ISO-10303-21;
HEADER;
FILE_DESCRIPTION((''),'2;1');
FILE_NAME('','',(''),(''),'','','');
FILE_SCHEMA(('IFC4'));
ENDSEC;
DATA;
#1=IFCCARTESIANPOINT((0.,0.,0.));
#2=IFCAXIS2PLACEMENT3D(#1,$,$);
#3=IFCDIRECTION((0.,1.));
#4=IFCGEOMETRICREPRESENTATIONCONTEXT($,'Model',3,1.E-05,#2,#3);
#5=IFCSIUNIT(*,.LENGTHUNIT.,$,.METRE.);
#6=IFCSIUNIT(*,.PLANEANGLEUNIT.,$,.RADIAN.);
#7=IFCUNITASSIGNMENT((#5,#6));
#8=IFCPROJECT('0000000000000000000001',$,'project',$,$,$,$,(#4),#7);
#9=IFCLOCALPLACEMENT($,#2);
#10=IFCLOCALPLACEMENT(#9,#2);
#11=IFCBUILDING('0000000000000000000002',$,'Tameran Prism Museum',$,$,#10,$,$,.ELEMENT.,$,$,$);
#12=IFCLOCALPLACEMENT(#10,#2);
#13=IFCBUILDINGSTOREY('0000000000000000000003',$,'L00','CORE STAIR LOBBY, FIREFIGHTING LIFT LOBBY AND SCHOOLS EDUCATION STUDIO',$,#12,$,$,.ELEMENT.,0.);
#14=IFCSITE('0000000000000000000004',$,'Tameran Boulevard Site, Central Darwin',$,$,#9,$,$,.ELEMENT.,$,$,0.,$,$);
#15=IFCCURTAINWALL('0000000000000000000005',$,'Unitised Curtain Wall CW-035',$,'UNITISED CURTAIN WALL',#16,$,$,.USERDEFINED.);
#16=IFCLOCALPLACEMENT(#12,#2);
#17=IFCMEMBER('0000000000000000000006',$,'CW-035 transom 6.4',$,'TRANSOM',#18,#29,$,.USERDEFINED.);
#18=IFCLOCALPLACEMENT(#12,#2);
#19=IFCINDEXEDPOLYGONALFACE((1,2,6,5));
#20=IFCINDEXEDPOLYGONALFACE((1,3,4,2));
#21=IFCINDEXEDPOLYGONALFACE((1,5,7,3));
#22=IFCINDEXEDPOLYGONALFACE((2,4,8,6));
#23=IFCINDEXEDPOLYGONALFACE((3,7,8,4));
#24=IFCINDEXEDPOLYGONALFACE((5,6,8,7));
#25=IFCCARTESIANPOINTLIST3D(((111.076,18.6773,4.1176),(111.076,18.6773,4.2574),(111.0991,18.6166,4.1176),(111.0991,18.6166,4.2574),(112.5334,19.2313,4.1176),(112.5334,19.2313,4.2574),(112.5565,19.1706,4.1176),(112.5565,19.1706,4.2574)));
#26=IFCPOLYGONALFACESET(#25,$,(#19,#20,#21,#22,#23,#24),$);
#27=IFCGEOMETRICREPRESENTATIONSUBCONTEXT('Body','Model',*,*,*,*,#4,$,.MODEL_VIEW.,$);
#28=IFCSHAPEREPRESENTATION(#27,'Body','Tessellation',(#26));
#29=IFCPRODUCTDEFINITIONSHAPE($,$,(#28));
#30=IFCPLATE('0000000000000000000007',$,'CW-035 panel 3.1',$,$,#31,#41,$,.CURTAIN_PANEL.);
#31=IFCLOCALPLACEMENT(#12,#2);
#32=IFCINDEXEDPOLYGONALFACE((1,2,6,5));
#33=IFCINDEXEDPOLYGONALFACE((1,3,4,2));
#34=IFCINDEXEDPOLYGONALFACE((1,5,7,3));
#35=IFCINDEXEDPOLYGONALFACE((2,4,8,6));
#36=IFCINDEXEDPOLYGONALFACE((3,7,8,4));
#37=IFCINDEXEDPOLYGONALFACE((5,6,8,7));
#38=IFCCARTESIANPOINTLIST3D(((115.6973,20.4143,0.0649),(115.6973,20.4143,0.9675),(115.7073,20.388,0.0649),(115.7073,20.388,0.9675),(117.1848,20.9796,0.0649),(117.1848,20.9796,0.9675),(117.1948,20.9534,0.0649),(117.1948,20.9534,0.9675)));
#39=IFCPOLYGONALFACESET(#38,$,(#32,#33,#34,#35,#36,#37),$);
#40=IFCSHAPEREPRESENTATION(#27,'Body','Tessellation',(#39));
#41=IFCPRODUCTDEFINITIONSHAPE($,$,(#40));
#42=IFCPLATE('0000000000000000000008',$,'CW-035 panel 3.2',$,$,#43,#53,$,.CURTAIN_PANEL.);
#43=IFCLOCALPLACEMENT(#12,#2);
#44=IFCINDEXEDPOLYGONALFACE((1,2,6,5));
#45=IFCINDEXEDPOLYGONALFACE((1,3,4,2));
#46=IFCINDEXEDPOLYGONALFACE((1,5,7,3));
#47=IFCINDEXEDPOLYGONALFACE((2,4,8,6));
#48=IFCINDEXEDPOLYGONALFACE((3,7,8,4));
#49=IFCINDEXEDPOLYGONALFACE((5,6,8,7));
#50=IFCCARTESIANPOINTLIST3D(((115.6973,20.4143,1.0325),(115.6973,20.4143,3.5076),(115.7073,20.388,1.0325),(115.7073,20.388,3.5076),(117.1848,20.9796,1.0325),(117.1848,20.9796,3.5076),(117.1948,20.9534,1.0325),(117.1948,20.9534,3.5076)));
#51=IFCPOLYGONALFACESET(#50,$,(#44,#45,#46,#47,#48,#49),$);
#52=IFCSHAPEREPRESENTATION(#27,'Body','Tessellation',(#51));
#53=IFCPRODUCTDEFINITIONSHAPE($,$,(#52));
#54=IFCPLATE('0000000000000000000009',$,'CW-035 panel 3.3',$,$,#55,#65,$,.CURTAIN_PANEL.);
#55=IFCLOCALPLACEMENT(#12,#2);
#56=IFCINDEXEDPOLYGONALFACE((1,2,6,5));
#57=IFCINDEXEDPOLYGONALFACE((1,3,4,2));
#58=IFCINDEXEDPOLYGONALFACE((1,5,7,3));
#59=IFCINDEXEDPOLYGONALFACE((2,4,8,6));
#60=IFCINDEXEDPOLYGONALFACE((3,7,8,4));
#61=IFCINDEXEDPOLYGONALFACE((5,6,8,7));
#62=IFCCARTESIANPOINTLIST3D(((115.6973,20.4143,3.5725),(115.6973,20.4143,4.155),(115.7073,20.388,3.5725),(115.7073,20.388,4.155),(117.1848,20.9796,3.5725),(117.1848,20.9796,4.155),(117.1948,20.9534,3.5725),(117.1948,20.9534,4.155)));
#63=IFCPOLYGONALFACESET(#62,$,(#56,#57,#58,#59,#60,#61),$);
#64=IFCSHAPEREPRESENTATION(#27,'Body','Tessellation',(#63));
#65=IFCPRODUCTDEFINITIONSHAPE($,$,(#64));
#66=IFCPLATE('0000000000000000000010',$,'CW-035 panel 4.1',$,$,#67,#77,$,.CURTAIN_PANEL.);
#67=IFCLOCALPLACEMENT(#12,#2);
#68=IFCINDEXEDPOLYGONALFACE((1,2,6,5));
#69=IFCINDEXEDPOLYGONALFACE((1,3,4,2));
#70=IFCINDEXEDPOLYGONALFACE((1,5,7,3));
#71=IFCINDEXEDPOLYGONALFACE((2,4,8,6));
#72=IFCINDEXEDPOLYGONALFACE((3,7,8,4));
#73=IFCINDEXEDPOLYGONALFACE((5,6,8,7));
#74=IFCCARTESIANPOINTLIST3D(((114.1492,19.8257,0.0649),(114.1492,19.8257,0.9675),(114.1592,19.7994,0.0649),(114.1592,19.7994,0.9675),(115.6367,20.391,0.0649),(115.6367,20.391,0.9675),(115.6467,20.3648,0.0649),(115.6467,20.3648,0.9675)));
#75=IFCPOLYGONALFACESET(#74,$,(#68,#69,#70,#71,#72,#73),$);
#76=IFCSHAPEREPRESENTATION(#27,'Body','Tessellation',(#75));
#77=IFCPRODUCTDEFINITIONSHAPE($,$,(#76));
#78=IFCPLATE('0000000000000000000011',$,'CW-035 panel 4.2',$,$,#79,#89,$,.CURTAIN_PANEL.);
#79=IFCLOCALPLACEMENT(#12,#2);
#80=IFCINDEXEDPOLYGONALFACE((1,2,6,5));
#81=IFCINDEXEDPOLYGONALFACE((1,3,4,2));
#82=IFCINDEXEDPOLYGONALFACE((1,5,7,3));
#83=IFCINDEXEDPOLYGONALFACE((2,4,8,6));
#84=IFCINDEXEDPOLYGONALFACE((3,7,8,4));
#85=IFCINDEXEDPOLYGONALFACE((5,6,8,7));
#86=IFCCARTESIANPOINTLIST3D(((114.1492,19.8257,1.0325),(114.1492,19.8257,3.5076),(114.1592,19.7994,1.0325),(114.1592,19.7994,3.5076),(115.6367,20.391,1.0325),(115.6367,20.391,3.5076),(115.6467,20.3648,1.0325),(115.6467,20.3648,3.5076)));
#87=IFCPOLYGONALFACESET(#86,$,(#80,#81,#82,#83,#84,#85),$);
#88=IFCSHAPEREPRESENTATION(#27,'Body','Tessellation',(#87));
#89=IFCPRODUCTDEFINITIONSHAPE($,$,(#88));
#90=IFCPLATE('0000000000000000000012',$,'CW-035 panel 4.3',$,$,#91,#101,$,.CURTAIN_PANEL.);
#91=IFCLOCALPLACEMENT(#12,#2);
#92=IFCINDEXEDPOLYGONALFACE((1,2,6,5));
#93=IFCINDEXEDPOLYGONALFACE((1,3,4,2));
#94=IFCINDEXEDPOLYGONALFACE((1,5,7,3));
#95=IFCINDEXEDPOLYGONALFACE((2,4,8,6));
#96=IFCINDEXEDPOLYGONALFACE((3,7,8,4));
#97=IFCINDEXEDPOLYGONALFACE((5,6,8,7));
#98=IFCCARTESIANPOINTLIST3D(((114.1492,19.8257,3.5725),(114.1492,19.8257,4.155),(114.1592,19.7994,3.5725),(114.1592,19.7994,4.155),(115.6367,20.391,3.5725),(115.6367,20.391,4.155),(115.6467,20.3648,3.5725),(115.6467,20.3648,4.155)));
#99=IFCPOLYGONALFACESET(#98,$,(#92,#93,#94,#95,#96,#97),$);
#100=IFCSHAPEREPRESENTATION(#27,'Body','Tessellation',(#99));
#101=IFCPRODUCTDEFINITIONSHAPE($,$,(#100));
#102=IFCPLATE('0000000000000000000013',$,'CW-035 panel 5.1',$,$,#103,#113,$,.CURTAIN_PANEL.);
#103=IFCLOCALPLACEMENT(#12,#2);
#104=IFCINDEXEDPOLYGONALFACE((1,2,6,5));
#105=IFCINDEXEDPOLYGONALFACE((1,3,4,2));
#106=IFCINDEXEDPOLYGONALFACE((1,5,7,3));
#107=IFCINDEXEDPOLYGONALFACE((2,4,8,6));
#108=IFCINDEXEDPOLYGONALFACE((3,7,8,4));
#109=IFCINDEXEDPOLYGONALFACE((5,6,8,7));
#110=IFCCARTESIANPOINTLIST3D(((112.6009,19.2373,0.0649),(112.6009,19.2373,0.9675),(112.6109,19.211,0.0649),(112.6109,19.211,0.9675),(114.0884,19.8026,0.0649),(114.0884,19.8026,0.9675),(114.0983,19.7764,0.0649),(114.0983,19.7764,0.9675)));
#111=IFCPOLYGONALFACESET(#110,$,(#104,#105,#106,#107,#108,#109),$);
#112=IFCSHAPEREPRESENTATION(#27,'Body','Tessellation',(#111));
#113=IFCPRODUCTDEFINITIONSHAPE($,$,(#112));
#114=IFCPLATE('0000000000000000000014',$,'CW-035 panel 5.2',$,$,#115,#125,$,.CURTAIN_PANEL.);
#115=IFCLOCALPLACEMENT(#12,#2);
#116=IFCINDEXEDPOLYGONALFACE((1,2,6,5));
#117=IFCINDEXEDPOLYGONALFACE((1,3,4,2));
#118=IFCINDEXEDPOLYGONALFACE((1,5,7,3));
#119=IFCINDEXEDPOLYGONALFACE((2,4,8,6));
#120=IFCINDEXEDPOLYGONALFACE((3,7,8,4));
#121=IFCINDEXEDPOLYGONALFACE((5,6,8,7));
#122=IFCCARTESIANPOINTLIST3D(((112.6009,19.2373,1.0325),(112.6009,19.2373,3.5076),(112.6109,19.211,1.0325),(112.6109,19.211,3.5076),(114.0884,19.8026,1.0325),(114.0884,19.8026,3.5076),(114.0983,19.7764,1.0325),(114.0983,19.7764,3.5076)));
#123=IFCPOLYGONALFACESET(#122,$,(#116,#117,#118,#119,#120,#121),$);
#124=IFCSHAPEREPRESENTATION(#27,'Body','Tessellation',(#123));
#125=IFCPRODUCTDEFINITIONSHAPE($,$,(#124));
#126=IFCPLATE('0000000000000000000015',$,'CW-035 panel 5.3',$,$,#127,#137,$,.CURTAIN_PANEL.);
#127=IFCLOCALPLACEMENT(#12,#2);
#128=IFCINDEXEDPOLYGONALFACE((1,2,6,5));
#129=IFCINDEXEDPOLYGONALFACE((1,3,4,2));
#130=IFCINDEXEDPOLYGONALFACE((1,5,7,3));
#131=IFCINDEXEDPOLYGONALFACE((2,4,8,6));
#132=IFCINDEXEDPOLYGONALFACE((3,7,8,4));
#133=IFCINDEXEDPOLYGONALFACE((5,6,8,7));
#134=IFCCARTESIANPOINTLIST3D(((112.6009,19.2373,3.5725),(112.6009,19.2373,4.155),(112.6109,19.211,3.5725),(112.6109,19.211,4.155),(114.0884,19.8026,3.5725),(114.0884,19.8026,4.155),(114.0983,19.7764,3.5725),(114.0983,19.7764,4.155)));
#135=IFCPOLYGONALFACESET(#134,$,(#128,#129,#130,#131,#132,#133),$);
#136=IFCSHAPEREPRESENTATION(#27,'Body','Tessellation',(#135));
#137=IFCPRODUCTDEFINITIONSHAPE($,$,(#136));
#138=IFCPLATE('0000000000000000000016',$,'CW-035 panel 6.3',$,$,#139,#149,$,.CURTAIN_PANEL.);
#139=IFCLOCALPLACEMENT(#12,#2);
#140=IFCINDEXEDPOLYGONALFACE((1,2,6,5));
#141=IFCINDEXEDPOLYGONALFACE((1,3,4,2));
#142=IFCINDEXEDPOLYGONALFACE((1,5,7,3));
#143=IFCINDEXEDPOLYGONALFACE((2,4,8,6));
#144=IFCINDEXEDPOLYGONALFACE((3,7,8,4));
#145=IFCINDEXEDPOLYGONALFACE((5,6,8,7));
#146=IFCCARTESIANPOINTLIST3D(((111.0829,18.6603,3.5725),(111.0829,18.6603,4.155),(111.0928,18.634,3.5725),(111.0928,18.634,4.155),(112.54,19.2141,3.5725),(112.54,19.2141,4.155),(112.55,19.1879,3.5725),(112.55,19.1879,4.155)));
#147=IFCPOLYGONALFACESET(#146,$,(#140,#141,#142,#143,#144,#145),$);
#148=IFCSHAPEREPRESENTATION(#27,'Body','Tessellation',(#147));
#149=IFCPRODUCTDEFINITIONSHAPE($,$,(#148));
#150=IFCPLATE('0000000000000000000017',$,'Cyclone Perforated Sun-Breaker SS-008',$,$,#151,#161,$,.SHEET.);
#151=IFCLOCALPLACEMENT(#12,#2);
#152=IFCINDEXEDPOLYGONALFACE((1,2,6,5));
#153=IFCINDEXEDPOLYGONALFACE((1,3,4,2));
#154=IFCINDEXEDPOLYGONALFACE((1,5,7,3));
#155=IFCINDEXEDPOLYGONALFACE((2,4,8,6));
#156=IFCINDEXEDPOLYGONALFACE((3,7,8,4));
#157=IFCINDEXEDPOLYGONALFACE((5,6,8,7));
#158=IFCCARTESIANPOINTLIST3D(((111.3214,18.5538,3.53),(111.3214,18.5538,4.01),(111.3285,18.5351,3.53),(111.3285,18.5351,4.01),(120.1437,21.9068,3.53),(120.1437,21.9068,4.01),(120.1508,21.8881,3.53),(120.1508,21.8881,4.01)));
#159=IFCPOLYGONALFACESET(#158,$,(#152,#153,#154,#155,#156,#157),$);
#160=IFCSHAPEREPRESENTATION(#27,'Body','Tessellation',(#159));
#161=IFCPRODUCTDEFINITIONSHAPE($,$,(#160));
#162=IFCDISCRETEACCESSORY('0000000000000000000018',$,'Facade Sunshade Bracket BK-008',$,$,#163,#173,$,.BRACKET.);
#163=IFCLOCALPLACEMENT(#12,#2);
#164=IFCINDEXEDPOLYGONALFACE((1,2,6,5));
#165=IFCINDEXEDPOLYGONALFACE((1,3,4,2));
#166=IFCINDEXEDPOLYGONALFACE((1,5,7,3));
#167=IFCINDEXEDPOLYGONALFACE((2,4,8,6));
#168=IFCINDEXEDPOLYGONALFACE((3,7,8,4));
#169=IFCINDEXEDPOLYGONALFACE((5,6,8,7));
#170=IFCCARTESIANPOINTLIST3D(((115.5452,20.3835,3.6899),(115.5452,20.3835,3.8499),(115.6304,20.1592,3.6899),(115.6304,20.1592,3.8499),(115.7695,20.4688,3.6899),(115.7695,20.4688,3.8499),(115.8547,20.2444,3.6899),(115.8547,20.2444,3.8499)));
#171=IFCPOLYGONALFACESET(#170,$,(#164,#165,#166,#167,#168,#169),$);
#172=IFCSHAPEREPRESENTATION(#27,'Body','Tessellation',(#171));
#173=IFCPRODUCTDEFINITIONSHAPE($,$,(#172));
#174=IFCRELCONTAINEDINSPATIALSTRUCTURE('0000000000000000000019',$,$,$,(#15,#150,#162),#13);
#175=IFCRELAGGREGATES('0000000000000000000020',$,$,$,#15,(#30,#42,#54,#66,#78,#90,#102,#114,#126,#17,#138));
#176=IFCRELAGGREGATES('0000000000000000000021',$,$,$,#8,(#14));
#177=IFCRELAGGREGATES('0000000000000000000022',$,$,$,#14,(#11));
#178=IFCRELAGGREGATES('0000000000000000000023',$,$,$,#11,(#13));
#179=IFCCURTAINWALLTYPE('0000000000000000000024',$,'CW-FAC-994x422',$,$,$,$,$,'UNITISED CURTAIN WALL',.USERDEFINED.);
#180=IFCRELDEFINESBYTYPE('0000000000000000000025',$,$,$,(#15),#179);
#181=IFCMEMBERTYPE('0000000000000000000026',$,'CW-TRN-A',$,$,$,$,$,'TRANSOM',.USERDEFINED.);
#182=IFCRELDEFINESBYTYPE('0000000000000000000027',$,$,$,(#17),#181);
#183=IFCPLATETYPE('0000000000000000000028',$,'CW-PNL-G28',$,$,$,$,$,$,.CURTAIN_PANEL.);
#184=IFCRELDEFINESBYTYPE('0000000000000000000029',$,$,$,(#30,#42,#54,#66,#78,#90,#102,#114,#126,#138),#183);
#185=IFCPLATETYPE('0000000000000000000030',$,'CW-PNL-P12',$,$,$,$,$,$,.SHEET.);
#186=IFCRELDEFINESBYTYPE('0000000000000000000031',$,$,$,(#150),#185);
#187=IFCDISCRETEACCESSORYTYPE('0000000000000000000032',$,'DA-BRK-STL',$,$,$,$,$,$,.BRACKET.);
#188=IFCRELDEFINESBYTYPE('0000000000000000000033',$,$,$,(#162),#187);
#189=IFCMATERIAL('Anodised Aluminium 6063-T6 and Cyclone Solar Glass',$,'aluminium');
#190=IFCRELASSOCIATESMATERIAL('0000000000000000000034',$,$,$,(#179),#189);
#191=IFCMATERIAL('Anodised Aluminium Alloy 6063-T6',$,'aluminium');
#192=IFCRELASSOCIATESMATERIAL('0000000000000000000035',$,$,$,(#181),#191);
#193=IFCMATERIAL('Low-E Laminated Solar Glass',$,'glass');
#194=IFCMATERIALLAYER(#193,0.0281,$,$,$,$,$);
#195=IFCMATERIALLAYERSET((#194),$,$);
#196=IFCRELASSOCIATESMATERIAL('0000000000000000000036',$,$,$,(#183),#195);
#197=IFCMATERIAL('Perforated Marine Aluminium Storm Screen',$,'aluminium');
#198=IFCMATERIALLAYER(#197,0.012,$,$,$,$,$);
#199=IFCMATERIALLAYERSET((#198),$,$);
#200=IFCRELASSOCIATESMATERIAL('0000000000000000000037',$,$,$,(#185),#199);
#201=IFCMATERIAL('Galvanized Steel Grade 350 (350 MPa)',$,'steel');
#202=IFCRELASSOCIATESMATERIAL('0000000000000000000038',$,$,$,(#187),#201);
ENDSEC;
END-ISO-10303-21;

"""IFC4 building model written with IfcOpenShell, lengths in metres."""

from ifc_helpers import new_model, si_unit, direction, frame, origin, origin_2d, place, context, subcontext, project, spatial, rectangle, extrude, material, layer, layer_set, material_profile, profile_set, type_object, element, aggregate, save


model = new_model("IFC4")

# Units and contexts
model_context = context("Model", 3, precision=1e-05, world=origin(), true_north=direction((0.0, 1.0)))
body_context = subcontext(model_context, "Body", "Model", "MODEL_VIEW")
ifc_project = project(units=[si_unit("LENGTHUNIT", "METRE"), si_unit("PLANEANGLEUNIT", "RADIAN")], contexts=[model_context])

# Site, building, storey
site_placement = place(None, origin())
site = spatial("IfcSite", under=ifc_project, at=site_placement, Name="Tameran Boulevard Site, Central Darwin", CompositionType="ELEMENT", RefElevation=0.0)
building_placement = place(site_placement, origin())
building = spatial("IfcBuilding", under=site, at=building_placement, Name="Tameran Prism Museum", CompositionType="ELEMENT")
storey_placement = place(building_placement, origin())
storey = spatial("IfcBuildingStorey", under=building, at=storey_placement, Name="L00", Description="CORE STAIR LOBBY, FIREFIGHTING LIFT LOBBY AND SCHOOLS EDUCATION STUDIO", CompositionType="ELEMENT", Elevation=0.0)

# Curtain wall, member, plates
ifc_material_1 = material(Name="Anodised Aluminium 6063-T6 and Cyclone Solar Glass", Category="aluminium")
curtain_wall_type = type_object("IfcCurtainWallType", Name="CW-FAC-994x422", ElementType="UNITISED CURTAIN WALL", PredefinedType="USERDEFINED", material=ifc_material_1)
curtain_wall_placement = place(storey_placement, origin())
curtain_wall = element("IfcCurtainWall", 1, at=curtain_wall_placement, inside=storey, type_object=curtain_wall_type, Name="Unitised Curtain Wall CW-035", ObjectType="UNITISED CURTAIN WALL", PredefinedType="USERDEFINED")
ifc_material_2 = material(Name="Anodised Aluminium Alloy 6063-T6", Category="aluminium")
ifc_material_profile_1 = material_profile(ifc_material_2, rectangle(XDim=0.0649, YDim=0.1399, at=origin_2d()))
ifc_profile_set_1 = profile_set([ifc_material_profile_1])
member_type_1 = type_object("IfcMemberType", Name="CW-TRN-A", ElementType="TRANSOM", PredefinedType="USERDEFINED", material=ifc_profile_set_1)
member_1_placement = place(storey_placement, frame((112.5449, 19.2009, 4.1875), z_axis=(-0.934743, -0.355324, 0.0), x_axis=(0.355324, -0.934743, 0.0)))
member_1 = element("IfcMember", 2, at=member_1_placement, type_object=member_type_1, Name="CW-035 transom 6.4", ObjectType="TRANSOM", PredefinedType="USERDEFINED", context=body_context, shape_type="SweptSolid", body=[
    extrude(rectangle(XDim=0.0649, YDim=0.1399, at=origin_2d()), origin(), (0.0, 0.0, 1.0), 1.5591),
])
ifc_material_3 = material(Name="Low-E Laminated Solar Glass", Category="glass")
ifc_layer_1 = layer(ifc_material_3, 0.0281)
ifc_layer_set_1 = layer_set([ifc_layer_1])
plate_type_1 = type_object("IfcPlateType", Name="CW-PNL-G28", PredefinedType="CURTAIN_PANEL", material=ifc_layer_set_1)
plate_1_placement = place(storey_placement, frame((116.446, 20.6838, 0.0649), z_axis=(0.0, 0.0, 1.0), x_axis=(-0.934757, -0.355288, 0.0)))
plate_1 = element("IfcPlate", 3, at=plate_1_placement, type_object=plate_type_1, Name="CW-035 panel 3.1", PredefinedType="CURTAIN_PANEL", context=body_context, shape_type="SweptSolid", body=[
    extrude(rectangle(XDim=1.5913, YDim=0.0281, at=origin_2d()), origin(), (0.0, 0.0, 1.0), 0.9026),
])
plate_2_placement = place(storey_placement, frame((116.446, 20.6838, 1.0325), z_axis=(0.0, 0.0, 1.0), x_axis=(-0.934757, -0.355288, 0.0)))
plate_2 = element("IfcPlate", 4, at=plate_2_placement, type_object=plate_type_1, Name="CW-035 panel 3.2", PredefinedType="CURTAIN_PANEL", context=body_context, shape_type="SweptSolid", body=[
    extrude(rectangle(XDim=1.5913, YDim=0.0281, at=origin_2d()), origin(), (0.0, 0.0, 1.0), 2.4751),
])
plate_3_placement = place(storey_placement, frame((116.446, 20.6838, 3.5725), z_axis=(0.0, 0.0, 1.0), x_axis=(-0.934757, -0.355288, 0.0)))
plate_3 = element("IfcPlate", 5, at=plate_3_placement, type_object=plate_type_1, Name="CW-035 panel 3.3", PredefinedType="CURTAIN_PANEL", context=body_context, shape_type="SweptSolid", body=[
    extrude(rectangle(XDim=1.5913, YDim=0.0281, at=origin_2d()), origin(), (0.0, 0.0, 1.0), 0.5825),
])
plate_4_placement = place(storey_placement, frame((114.8979, 20.0952, 0.0649), z_axis=(0.0, 0.0, 1.0), x_axis=(-0.934757, -0.355288, 0.0)))
plate_4 = element("IfcPlate", 6, at=plate_4_placement, type_object=plate_type_1, Name="CW-035 panel 4.1", PredefinedType="CURTAIN_PANEL", context=body_context, shape_type="SweptSolid", body=[
    extrude(rectangle(XDim=1.5913, YDim=0.0281, at=origin_2d()), origin(), (0.0, 0.0, 1.0), 0.9026),
])
plate_5_placement = place(storey_placement, frame((114.8979, 20.0952, 1.0325), z_axis=(0.0, 0.0, 1.0), x_axis=(-0.934757, -0.355288, 0.0)))
plate_5 = element("IfcPlate", 7, at=plate_5_placement, type_object=plate_type_1, Name="CW-035 panel 4.2", PredefinedType="CURTAIN_PANEL", context=body_context, shape_type="SweptSolid", body=[
    extrude(rectangle(XDim=1.5913, YDim=0.0281, at=origin_2d()), origin(), (0.0, 0.0, 1.0), 2.4751),
])
plate_6_placement = place(storey_placement, frame((114.8979, 20.0952, 3.5725), z_axis=(0.0, 0.0, 1.0), x_axis=(-0.934757, -0.355288, 0.0)))
plate_6 = element("IfcPlate", 8, at=plate_6_placement, type_object=plate_type_1, Name="CW-035 panel 4.3", PredefinedType="CURTAIN_PANEL", context=body_context, shape_type="SweptSolid", body=[
    extrude(rectangle(XDim=1.5913, YDim=0.0281, at=origin_2d()), origin(), (0.0, 0.0, 1.0), 0.5825),
])
plate_7_placement = place(storey_placement, frame((113.3496, 19.5068, 0.0649), z_axis=(0.0, 0.0, 1.0), x_axis=(-0.934757, -0.355288, 0.0)))
plate_7 = element("IfcPlate", 9, at=plate_7_placement, type_object=plate_type_1, Name="CW-035 panel 5.1", PredefinedType="CURTAIN_PANEL", context=body_context, shape_type="SweptSolid", body=[
    extrude(rectangle(XDim=1.5913, YDim=0.0281, at=origin_2d()), origin(), (0.0, 0.0, 1.0), 0.9026),
])
plate_8_placement = place(storey_placement, frame((113.3496, 19.5068, 1.0325), z_axis=(0.0, 0.0, 1.0), x_axis=(-0.934757, -0.355288, 0.0)))
plate_8 = element("IfcPlate", 10, at=plate_8_placement, type_object=plate_type_1, Name="CW-035 panel 5.2", PredefinedType="CURTAIN_PANEL", context=body_context, shape_type="SweptSolid", body=[
    extrude(rectangle(XDim=1.5913, YDim=0.0281, at=origin_2d()), origin(), (0.0, 0.0, 1.0), 2.4751),
])
plate_9_placement = place(storey_placement, frame((113.3496, 19.5068, 3.5725), z_axis=(0.0, 0.0, 1.0), x_axis=(-0.934757, -0.355288, 0.0)))
plate_9 = element("IfcPlate", 11, at=plate_9_placement, type_object=plate_type_1, Name="CW-035 panel 5.3", PredefinedType="CURTAIN_PANEL", context=body_context, shape_type="SweptSolid", body=[
    extrude(rectangle(XDim=1.5913, YDim=0.0281, at=origin_2d()), origin(), (0.0, 0.0, 1.0), 0.5825),
])
plate_10_placement = place(storey_placement, frame((111.8164, 18.9241, 3.5725), z_axis=(0.0, 0.0, 1.0), x_axis=(-0.934757, -0.355288, 0.0)))
plate_10 = element("IfcPlate", 12, at=plate_10_placement, type_object=plate_type_1, Name="CW-035 panel 6.3", PredefinedType="CURTAIN_PANEL", context=body_context, shape_type="SweptSolid", body=[
    extrude(rectangle(XDim=1.5588, YDim=0.0281, at=origin_2d()), origin(), (0.0, 0.0, 1.0), 0.5825),
])
aggregate(curtain_wall, [plate_1, plate_2, plate_3, plate_4, plate_5, plate_6, plate_7, plate_8, plate_9, member_1, plate_10])

# Plate
ifc_material_4 = material(Name="Perforated Marine Aluminium Storm Screen", Category="aluminium")
ifc_layer_2 = layer(ifc_material_4, 0.012)
ifc_layer_set_2 = layer_set([ifc_layer_2])
plate_type_2 = type_object("IfcPlateType", Name="CW-PNL-P12", PredefinedType="SHEET", material=ifc_layer_set_2)
plate_11_placement = place(storey_placement, frame((115.7361, 20.2209, 3.53), z_axis=(0.0, 0.0, 1.0), x_axis=(-0.934764, -0.35527, 0.0)))
element("IfcPlate", 13, at=plate_11_placement, inside=storey, type_object=plate_type_2, Name="Cyclone Perforated Sun-Breaker SS-008", PredefinedType="SHEET", context=body_context, shape_type="SweptSolid", body=[
    extrude(rectangle(XDim=9.438, YDim=0.02, at=origin_2d()), origin(), (0.0, 0.0, 1.0), 0.48),
])

# Discrete accessory
ifc_material_5 = material(Name="Galvanized Steel Grade 350 (350 MPa)", Category="steel")
discrete_accessory_type = type_object("IfcDiscreteAccessoryType", Name="DA-BRK-STL", PredefinedType="BRACKET", material=ifc_material_5)
discrete_accessory_placement = place(storey_placement, frame((115.7, 20.314, 3.6899), z_axis=(0.0, 0.0, 1.0), x_axis=(-0.934764, -0.35527, 0.0)))
element("IfcDiscreteAccessory", 14, at=discrete_accessory_placement, inside=storey, type_object=discrete_accessory_type, Name="Facade Sunshade Bracket BK-008", PredefinedType="BRACKET", context=body_context, shape_type="SweptSolid", body=[
    extrude(rectangle(XDim=0.24, YDim=0.24, at=origin_2d()), origin(), (0.0, 0.0, 1.0), 0.1599),
])

save(model, "model.ifc")
